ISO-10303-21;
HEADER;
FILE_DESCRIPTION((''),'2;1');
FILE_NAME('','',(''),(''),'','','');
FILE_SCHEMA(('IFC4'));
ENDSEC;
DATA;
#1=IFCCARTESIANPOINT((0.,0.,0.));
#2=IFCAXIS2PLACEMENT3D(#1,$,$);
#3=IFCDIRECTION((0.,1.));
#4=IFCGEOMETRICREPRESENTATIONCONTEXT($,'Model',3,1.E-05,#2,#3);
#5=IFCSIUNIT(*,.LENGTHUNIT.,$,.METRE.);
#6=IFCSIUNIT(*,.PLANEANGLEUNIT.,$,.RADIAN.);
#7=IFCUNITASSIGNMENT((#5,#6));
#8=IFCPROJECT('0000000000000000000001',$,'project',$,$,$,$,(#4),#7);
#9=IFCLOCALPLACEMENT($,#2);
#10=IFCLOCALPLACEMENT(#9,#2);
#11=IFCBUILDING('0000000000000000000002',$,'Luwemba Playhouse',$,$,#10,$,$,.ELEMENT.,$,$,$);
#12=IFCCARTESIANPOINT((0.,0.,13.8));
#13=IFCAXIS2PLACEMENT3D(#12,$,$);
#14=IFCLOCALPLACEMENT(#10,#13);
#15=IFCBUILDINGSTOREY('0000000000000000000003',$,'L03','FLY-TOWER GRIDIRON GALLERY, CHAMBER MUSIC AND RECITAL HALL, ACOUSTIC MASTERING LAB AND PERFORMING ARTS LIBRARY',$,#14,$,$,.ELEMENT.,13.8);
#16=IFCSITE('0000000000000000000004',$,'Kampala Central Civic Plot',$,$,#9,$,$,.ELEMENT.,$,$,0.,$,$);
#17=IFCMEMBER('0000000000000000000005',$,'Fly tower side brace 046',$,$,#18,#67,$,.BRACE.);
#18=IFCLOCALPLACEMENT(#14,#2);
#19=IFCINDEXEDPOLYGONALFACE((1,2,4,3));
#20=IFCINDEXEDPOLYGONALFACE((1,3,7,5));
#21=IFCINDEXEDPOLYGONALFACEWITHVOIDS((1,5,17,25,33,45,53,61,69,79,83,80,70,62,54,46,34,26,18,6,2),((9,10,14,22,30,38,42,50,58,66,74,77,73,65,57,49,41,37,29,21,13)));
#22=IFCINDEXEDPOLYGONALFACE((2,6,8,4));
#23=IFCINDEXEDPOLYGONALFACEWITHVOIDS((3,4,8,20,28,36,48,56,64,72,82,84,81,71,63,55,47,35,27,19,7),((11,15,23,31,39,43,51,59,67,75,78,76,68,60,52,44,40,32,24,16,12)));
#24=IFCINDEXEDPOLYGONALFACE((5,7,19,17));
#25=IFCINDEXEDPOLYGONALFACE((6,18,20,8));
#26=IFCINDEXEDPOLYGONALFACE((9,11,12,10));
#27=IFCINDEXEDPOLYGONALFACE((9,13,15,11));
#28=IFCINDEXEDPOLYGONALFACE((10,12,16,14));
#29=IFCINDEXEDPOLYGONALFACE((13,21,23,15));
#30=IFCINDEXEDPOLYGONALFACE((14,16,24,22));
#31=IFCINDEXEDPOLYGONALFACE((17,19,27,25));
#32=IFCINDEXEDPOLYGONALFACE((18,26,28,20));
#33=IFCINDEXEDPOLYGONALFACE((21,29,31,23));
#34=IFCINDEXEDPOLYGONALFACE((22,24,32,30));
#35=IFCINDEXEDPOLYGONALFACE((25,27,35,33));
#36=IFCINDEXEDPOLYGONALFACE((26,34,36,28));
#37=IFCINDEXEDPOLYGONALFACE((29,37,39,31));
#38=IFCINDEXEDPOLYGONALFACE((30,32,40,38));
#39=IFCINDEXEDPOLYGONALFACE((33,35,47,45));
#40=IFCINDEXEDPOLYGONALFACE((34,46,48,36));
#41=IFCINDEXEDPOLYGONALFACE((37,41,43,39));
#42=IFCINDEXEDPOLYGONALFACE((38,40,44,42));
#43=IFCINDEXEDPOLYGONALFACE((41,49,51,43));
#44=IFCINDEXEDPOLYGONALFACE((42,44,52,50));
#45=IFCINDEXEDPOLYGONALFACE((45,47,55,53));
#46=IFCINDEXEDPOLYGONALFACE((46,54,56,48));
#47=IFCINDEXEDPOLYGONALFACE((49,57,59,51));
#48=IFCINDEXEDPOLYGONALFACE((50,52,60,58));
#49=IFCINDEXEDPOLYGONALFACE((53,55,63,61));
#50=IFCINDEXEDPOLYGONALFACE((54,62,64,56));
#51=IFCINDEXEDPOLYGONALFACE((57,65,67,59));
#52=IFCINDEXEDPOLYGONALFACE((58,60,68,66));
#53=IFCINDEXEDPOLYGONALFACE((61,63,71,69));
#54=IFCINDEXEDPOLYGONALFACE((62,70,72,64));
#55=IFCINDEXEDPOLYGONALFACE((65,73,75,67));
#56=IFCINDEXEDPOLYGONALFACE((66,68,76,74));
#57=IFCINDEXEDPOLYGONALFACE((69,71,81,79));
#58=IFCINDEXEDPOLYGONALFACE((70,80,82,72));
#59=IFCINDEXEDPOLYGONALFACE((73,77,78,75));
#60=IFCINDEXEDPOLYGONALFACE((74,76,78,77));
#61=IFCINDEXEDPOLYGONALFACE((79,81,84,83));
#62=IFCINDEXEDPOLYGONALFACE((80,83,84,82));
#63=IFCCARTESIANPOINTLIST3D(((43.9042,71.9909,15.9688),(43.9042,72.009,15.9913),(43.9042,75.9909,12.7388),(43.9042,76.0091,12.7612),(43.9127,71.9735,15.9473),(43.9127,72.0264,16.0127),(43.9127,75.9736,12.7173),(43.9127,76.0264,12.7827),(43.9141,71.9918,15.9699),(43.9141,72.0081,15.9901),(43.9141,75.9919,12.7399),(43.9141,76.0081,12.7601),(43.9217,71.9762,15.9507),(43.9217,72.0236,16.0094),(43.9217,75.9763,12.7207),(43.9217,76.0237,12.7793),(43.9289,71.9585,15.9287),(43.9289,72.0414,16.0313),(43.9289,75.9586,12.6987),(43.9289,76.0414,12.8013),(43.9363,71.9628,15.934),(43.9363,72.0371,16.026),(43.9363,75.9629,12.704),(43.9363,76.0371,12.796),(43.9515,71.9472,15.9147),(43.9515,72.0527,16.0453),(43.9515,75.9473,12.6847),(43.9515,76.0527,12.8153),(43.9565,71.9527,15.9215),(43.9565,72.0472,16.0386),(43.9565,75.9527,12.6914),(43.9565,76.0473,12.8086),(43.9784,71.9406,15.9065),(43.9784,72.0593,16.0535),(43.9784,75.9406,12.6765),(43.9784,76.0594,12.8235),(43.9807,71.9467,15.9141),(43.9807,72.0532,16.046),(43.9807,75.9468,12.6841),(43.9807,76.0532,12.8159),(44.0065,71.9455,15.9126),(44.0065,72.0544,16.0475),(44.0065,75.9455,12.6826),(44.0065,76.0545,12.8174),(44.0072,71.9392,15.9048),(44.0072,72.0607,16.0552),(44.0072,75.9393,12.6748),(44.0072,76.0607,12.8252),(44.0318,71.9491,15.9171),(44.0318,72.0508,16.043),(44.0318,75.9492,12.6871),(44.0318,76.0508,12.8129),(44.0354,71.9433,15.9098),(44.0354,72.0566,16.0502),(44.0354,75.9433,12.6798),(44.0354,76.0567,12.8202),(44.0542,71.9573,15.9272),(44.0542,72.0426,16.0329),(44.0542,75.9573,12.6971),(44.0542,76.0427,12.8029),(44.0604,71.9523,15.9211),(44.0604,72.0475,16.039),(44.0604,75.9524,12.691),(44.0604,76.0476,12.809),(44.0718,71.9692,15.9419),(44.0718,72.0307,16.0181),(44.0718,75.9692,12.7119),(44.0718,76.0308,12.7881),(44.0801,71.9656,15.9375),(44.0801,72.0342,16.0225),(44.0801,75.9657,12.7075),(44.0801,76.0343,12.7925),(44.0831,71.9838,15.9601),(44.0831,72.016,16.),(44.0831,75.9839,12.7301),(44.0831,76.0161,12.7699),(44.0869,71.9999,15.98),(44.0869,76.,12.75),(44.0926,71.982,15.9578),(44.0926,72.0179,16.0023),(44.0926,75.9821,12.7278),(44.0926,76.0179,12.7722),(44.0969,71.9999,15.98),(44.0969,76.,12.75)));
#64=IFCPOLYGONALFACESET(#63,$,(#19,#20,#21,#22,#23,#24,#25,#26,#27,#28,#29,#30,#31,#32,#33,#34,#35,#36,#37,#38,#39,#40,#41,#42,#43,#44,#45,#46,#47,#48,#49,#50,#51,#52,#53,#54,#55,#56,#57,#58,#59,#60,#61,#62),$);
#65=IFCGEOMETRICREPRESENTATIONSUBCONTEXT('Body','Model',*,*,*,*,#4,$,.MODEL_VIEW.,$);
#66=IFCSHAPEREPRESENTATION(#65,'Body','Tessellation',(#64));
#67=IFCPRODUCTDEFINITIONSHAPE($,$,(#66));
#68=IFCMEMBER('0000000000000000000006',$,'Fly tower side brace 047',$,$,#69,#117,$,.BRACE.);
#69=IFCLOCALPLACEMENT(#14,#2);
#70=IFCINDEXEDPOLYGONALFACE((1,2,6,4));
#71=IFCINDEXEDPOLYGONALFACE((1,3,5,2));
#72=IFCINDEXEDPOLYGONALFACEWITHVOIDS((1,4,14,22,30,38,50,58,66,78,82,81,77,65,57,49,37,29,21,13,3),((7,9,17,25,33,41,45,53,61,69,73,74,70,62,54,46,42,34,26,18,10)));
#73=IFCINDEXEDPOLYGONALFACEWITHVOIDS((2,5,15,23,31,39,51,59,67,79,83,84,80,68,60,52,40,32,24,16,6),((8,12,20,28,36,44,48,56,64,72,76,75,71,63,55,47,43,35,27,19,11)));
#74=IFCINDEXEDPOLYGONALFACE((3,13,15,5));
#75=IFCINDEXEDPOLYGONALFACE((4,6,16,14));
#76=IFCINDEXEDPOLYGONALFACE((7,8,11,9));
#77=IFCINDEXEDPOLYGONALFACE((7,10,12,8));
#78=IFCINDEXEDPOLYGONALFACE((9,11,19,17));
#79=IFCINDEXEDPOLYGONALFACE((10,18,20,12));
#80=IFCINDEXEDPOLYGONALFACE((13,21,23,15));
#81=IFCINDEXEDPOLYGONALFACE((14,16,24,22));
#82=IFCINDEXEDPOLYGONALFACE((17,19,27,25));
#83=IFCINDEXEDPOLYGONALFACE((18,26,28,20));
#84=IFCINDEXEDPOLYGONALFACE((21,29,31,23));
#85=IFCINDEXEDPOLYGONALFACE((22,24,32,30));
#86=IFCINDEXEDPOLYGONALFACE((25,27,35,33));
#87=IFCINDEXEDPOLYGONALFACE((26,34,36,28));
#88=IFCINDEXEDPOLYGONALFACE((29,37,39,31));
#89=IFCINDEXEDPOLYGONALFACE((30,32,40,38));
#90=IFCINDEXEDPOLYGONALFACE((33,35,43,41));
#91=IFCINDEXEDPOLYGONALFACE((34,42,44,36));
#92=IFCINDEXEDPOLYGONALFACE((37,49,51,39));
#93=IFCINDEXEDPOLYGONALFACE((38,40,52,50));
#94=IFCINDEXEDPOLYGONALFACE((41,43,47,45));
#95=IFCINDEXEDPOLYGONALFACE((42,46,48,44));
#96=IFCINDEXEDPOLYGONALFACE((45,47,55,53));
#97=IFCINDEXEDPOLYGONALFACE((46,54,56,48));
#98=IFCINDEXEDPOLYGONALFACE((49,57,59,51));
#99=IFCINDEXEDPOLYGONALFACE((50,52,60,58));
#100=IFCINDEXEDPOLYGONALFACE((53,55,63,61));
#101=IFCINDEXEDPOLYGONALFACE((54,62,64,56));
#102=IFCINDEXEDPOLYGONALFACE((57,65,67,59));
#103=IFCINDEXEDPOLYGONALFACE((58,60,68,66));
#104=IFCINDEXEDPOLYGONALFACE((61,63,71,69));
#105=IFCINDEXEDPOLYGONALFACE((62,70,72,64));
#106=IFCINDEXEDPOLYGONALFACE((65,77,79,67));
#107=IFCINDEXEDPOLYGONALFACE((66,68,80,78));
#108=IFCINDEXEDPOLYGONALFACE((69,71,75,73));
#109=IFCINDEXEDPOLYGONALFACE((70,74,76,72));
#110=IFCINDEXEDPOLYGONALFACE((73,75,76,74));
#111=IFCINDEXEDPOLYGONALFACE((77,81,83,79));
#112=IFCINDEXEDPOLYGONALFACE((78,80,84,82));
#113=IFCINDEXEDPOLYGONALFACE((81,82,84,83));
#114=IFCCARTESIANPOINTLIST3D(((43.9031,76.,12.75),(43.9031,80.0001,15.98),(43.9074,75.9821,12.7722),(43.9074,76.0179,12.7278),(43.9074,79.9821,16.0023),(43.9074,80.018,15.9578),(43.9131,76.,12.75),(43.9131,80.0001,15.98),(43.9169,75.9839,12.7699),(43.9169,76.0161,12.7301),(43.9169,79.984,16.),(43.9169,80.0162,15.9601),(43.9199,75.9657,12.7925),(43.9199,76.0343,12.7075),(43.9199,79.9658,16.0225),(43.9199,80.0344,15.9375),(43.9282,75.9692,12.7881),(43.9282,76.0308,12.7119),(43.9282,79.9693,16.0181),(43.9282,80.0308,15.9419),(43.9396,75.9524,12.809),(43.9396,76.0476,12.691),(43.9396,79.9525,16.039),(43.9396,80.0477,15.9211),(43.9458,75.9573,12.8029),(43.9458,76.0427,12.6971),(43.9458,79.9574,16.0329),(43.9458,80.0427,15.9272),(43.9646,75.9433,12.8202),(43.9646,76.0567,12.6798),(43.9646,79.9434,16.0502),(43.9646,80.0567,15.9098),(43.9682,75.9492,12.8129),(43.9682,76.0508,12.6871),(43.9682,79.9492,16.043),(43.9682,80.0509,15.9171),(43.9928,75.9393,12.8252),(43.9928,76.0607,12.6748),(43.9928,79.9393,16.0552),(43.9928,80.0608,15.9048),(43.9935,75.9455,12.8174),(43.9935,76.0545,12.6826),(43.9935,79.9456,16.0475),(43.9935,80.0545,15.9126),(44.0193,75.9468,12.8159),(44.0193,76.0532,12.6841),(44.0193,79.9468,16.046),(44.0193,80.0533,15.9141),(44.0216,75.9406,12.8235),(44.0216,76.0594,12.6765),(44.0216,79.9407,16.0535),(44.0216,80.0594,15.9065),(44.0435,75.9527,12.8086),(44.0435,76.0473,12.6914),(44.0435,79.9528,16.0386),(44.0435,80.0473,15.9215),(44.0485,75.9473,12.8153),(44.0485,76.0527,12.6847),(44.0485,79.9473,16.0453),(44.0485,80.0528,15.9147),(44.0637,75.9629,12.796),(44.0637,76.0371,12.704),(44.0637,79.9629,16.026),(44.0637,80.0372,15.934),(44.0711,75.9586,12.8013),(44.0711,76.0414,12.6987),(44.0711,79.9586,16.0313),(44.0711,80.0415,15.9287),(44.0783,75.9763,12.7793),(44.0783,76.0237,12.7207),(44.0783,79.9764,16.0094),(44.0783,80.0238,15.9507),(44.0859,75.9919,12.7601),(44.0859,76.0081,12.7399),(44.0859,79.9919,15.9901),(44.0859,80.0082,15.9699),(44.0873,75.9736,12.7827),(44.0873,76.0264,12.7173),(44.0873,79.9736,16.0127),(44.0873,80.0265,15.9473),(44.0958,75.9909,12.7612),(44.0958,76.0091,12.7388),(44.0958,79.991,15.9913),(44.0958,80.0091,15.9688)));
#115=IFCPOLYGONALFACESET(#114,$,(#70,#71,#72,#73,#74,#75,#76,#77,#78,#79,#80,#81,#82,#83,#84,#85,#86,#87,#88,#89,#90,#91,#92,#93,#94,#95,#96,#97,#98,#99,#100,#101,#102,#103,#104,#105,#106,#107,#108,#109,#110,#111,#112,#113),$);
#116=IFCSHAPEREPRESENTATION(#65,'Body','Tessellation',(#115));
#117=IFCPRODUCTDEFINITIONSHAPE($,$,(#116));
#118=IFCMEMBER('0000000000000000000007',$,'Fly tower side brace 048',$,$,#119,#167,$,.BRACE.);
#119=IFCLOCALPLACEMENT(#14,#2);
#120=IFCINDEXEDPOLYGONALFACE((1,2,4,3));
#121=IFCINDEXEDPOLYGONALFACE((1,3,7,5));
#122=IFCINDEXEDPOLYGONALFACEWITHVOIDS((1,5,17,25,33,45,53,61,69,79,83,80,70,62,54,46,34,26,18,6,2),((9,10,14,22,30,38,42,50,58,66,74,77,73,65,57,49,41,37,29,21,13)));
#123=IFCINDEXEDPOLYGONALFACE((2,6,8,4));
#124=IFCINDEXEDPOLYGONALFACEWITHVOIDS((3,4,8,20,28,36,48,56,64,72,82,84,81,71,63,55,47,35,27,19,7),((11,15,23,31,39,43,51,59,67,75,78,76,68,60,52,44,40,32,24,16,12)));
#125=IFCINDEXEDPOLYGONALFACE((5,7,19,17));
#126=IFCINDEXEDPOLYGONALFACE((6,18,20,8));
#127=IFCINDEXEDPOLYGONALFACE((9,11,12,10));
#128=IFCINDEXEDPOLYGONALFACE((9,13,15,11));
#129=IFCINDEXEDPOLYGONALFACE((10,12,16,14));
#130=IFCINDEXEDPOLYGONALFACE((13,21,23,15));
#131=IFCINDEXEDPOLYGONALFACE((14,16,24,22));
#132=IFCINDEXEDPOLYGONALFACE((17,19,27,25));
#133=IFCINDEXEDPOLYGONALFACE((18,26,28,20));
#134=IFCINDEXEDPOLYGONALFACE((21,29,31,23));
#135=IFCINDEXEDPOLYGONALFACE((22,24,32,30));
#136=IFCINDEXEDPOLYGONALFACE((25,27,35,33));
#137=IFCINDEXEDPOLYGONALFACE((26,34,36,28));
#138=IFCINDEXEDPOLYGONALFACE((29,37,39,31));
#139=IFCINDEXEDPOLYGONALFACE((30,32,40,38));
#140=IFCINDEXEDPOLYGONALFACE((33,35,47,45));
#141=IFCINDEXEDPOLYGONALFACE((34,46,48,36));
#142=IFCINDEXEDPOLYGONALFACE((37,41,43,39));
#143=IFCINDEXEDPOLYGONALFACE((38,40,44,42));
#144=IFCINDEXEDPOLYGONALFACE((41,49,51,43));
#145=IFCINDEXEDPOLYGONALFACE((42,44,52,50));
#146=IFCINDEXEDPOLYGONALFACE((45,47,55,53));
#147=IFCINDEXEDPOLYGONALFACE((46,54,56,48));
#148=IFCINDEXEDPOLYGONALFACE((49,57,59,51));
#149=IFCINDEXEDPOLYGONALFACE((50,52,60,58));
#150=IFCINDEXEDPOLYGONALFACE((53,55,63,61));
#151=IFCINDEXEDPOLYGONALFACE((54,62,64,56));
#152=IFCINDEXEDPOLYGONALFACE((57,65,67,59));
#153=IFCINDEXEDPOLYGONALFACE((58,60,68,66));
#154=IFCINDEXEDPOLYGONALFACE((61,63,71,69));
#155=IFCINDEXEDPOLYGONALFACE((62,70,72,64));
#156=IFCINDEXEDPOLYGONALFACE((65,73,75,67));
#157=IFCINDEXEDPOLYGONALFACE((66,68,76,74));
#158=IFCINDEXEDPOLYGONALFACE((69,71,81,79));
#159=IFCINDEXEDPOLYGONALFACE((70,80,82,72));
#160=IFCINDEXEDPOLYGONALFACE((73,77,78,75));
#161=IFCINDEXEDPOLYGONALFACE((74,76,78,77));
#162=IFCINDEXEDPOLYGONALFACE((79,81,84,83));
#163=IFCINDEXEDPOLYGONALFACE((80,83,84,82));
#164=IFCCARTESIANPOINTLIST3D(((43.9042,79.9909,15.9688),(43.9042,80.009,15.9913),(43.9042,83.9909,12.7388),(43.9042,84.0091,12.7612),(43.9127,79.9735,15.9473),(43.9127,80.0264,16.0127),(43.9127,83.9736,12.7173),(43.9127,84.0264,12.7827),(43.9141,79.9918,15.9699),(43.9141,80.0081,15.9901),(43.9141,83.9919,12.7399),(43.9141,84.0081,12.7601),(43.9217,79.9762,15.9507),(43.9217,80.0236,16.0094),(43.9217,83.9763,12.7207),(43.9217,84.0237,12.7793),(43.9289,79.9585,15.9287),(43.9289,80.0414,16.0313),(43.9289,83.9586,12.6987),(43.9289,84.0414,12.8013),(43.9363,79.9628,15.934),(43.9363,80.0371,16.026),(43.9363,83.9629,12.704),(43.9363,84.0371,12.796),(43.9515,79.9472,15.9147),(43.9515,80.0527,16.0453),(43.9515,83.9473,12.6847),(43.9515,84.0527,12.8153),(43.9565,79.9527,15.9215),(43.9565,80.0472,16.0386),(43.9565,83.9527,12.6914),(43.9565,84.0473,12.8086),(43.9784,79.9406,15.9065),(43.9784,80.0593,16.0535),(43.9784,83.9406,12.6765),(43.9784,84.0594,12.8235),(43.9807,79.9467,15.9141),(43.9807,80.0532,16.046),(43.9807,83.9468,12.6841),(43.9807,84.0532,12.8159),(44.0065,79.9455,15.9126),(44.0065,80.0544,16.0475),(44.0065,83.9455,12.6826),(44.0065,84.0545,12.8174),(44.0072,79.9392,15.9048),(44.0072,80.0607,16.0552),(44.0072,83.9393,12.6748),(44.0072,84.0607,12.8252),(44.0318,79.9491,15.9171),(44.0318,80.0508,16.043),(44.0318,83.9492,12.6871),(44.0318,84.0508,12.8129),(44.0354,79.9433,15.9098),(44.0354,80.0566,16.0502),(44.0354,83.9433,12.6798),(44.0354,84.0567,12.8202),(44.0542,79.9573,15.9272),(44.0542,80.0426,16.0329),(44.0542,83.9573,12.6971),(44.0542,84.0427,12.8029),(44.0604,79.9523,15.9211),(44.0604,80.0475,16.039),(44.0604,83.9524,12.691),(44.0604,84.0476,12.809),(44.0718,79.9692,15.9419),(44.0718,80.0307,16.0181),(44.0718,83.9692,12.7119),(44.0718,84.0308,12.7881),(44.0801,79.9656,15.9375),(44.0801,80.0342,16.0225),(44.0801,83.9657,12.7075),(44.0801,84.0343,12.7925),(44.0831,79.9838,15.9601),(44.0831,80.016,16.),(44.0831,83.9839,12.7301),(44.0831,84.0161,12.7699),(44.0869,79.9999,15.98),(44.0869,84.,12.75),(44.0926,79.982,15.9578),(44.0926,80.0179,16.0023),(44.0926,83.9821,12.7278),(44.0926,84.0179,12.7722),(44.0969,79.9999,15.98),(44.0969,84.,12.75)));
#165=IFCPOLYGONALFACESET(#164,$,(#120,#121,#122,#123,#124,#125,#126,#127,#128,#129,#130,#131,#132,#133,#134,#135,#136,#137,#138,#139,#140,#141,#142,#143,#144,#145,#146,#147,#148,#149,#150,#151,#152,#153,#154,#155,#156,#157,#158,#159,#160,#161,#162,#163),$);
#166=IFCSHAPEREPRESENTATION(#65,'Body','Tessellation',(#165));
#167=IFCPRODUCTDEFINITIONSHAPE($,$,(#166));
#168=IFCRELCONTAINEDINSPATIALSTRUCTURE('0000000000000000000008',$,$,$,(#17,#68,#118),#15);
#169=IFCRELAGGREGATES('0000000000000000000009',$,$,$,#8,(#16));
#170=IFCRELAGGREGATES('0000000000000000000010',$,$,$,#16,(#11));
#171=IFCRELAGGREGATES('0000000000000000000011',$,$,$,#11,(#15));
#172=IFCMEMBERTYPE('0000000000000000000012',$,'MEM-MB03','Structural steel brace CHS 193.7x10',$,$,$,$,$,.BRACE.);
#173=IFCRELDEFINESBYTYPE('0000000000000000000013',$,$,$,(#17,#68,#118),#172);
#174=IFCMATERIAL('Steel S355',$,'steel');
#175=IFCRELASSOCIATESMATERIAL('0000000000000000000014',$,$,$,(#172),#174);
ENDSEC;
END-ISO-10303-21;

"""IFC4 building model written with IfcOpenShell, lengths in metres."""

from ifc_helpers import new_model, si_unit, direction, frame, origin, origin_2d, place, context, subcontext, project, spatial, hollow_circle, extrude, material, material_profile, profile_set, type_object, element, save


model = new_model("IFC4")

# Units and contexts
model_context = context("Model", 3, precision=1e-05, world=origin(), true_north=direction((0.0, 1.0)))
body_context = subcontext(model_context, "Body", "Model", "MODEL_VIEW")
ifc_project = project(units=[si_unit("LENGTHUNIT", "METRE"), si_unit("PLANEANGLEUNIT", "RADIAN")], contexts=[model_context])

# Site, building, storey
site_placement = place(None, origin())
site = spatial("IfcSite", under=ifc_project, at=site_placement, Name="Kampala Central Civic Plot", CompositionType="ELEMENT", RefElevation=0.0)
building_placement = place(site_placement, origin())
building = spatial("IfcBuilding", under=site, at=building_placement, Name="Luwemba Playhouse", CompositionType="ELEMENT")
storey_placement = place(building_placement, frame((0.0, 0.0, 13.8)))
storey = spatial("IfcBuildingStorey", under=building, at=storey_placement, Name="L03", Description="FLY-TOWER GRIDIRON GALLERY, CHAMBER MUSIC AND RECITAL HALL, ACOUSTIC MASTERING LAB AND PERFORMING ARTS LIBRARY", CompositionType="ELEMENT", Elevation=13.8)

# Shared definitions
ifc_material = material(Name="Steel S355", Category="steel")

# Members
ifc_material_profile_1 = material_profile(ifc_material, hollow_circle(Radius=0.0969, WallThickness=0.01, at=origin_2d()))
ifc_profile_set_1 = profile_set([ifc_material_profile_1], Name="Steel S355")
member_type_1 = type_object("IfcMemberType", Name="MEM-MB03", Description="Structural steel brace CHS 193.7x10", PredefinedType="BRACE", material=ifc_profile_set_1)
for number, where, z_axis, x_axis, name in (
    (1, (44.0, 76.0, 12.75), (0.0, -0.778016, 0.628244), (1.0, 0.0, 0.0), "Fly tower side brace 046"),
    (2, (44.0, 76.0, 12.75), (0.0, 0.778016, 0.628244), (-1.0, 0.0, 0.0), "Fly tower side brace 047"),
    (3, (44.0, 84.0, 12.75), (0.0, -0.778016, 0.628244), (1.0, 0.0, 0.0), "Fly tower side brace 048"),
):
    element("IfcMember", number, at=place(storey_placement, frame(where, z_axis=z_axis, x_axis=x_axis)), inside=storey, type_object=member_type_1, Name=name, PredefinedType="BRACE", context=body_context, shape_type="SweptSolid", body=[
        extrude(hollow_circle(Radius=0.0969, WallThickness=0.01, at=origin_2d()), origin(), (0.0, 0.0, 1.0), 5.1414),
    ])

save(model, "model.ifc")
